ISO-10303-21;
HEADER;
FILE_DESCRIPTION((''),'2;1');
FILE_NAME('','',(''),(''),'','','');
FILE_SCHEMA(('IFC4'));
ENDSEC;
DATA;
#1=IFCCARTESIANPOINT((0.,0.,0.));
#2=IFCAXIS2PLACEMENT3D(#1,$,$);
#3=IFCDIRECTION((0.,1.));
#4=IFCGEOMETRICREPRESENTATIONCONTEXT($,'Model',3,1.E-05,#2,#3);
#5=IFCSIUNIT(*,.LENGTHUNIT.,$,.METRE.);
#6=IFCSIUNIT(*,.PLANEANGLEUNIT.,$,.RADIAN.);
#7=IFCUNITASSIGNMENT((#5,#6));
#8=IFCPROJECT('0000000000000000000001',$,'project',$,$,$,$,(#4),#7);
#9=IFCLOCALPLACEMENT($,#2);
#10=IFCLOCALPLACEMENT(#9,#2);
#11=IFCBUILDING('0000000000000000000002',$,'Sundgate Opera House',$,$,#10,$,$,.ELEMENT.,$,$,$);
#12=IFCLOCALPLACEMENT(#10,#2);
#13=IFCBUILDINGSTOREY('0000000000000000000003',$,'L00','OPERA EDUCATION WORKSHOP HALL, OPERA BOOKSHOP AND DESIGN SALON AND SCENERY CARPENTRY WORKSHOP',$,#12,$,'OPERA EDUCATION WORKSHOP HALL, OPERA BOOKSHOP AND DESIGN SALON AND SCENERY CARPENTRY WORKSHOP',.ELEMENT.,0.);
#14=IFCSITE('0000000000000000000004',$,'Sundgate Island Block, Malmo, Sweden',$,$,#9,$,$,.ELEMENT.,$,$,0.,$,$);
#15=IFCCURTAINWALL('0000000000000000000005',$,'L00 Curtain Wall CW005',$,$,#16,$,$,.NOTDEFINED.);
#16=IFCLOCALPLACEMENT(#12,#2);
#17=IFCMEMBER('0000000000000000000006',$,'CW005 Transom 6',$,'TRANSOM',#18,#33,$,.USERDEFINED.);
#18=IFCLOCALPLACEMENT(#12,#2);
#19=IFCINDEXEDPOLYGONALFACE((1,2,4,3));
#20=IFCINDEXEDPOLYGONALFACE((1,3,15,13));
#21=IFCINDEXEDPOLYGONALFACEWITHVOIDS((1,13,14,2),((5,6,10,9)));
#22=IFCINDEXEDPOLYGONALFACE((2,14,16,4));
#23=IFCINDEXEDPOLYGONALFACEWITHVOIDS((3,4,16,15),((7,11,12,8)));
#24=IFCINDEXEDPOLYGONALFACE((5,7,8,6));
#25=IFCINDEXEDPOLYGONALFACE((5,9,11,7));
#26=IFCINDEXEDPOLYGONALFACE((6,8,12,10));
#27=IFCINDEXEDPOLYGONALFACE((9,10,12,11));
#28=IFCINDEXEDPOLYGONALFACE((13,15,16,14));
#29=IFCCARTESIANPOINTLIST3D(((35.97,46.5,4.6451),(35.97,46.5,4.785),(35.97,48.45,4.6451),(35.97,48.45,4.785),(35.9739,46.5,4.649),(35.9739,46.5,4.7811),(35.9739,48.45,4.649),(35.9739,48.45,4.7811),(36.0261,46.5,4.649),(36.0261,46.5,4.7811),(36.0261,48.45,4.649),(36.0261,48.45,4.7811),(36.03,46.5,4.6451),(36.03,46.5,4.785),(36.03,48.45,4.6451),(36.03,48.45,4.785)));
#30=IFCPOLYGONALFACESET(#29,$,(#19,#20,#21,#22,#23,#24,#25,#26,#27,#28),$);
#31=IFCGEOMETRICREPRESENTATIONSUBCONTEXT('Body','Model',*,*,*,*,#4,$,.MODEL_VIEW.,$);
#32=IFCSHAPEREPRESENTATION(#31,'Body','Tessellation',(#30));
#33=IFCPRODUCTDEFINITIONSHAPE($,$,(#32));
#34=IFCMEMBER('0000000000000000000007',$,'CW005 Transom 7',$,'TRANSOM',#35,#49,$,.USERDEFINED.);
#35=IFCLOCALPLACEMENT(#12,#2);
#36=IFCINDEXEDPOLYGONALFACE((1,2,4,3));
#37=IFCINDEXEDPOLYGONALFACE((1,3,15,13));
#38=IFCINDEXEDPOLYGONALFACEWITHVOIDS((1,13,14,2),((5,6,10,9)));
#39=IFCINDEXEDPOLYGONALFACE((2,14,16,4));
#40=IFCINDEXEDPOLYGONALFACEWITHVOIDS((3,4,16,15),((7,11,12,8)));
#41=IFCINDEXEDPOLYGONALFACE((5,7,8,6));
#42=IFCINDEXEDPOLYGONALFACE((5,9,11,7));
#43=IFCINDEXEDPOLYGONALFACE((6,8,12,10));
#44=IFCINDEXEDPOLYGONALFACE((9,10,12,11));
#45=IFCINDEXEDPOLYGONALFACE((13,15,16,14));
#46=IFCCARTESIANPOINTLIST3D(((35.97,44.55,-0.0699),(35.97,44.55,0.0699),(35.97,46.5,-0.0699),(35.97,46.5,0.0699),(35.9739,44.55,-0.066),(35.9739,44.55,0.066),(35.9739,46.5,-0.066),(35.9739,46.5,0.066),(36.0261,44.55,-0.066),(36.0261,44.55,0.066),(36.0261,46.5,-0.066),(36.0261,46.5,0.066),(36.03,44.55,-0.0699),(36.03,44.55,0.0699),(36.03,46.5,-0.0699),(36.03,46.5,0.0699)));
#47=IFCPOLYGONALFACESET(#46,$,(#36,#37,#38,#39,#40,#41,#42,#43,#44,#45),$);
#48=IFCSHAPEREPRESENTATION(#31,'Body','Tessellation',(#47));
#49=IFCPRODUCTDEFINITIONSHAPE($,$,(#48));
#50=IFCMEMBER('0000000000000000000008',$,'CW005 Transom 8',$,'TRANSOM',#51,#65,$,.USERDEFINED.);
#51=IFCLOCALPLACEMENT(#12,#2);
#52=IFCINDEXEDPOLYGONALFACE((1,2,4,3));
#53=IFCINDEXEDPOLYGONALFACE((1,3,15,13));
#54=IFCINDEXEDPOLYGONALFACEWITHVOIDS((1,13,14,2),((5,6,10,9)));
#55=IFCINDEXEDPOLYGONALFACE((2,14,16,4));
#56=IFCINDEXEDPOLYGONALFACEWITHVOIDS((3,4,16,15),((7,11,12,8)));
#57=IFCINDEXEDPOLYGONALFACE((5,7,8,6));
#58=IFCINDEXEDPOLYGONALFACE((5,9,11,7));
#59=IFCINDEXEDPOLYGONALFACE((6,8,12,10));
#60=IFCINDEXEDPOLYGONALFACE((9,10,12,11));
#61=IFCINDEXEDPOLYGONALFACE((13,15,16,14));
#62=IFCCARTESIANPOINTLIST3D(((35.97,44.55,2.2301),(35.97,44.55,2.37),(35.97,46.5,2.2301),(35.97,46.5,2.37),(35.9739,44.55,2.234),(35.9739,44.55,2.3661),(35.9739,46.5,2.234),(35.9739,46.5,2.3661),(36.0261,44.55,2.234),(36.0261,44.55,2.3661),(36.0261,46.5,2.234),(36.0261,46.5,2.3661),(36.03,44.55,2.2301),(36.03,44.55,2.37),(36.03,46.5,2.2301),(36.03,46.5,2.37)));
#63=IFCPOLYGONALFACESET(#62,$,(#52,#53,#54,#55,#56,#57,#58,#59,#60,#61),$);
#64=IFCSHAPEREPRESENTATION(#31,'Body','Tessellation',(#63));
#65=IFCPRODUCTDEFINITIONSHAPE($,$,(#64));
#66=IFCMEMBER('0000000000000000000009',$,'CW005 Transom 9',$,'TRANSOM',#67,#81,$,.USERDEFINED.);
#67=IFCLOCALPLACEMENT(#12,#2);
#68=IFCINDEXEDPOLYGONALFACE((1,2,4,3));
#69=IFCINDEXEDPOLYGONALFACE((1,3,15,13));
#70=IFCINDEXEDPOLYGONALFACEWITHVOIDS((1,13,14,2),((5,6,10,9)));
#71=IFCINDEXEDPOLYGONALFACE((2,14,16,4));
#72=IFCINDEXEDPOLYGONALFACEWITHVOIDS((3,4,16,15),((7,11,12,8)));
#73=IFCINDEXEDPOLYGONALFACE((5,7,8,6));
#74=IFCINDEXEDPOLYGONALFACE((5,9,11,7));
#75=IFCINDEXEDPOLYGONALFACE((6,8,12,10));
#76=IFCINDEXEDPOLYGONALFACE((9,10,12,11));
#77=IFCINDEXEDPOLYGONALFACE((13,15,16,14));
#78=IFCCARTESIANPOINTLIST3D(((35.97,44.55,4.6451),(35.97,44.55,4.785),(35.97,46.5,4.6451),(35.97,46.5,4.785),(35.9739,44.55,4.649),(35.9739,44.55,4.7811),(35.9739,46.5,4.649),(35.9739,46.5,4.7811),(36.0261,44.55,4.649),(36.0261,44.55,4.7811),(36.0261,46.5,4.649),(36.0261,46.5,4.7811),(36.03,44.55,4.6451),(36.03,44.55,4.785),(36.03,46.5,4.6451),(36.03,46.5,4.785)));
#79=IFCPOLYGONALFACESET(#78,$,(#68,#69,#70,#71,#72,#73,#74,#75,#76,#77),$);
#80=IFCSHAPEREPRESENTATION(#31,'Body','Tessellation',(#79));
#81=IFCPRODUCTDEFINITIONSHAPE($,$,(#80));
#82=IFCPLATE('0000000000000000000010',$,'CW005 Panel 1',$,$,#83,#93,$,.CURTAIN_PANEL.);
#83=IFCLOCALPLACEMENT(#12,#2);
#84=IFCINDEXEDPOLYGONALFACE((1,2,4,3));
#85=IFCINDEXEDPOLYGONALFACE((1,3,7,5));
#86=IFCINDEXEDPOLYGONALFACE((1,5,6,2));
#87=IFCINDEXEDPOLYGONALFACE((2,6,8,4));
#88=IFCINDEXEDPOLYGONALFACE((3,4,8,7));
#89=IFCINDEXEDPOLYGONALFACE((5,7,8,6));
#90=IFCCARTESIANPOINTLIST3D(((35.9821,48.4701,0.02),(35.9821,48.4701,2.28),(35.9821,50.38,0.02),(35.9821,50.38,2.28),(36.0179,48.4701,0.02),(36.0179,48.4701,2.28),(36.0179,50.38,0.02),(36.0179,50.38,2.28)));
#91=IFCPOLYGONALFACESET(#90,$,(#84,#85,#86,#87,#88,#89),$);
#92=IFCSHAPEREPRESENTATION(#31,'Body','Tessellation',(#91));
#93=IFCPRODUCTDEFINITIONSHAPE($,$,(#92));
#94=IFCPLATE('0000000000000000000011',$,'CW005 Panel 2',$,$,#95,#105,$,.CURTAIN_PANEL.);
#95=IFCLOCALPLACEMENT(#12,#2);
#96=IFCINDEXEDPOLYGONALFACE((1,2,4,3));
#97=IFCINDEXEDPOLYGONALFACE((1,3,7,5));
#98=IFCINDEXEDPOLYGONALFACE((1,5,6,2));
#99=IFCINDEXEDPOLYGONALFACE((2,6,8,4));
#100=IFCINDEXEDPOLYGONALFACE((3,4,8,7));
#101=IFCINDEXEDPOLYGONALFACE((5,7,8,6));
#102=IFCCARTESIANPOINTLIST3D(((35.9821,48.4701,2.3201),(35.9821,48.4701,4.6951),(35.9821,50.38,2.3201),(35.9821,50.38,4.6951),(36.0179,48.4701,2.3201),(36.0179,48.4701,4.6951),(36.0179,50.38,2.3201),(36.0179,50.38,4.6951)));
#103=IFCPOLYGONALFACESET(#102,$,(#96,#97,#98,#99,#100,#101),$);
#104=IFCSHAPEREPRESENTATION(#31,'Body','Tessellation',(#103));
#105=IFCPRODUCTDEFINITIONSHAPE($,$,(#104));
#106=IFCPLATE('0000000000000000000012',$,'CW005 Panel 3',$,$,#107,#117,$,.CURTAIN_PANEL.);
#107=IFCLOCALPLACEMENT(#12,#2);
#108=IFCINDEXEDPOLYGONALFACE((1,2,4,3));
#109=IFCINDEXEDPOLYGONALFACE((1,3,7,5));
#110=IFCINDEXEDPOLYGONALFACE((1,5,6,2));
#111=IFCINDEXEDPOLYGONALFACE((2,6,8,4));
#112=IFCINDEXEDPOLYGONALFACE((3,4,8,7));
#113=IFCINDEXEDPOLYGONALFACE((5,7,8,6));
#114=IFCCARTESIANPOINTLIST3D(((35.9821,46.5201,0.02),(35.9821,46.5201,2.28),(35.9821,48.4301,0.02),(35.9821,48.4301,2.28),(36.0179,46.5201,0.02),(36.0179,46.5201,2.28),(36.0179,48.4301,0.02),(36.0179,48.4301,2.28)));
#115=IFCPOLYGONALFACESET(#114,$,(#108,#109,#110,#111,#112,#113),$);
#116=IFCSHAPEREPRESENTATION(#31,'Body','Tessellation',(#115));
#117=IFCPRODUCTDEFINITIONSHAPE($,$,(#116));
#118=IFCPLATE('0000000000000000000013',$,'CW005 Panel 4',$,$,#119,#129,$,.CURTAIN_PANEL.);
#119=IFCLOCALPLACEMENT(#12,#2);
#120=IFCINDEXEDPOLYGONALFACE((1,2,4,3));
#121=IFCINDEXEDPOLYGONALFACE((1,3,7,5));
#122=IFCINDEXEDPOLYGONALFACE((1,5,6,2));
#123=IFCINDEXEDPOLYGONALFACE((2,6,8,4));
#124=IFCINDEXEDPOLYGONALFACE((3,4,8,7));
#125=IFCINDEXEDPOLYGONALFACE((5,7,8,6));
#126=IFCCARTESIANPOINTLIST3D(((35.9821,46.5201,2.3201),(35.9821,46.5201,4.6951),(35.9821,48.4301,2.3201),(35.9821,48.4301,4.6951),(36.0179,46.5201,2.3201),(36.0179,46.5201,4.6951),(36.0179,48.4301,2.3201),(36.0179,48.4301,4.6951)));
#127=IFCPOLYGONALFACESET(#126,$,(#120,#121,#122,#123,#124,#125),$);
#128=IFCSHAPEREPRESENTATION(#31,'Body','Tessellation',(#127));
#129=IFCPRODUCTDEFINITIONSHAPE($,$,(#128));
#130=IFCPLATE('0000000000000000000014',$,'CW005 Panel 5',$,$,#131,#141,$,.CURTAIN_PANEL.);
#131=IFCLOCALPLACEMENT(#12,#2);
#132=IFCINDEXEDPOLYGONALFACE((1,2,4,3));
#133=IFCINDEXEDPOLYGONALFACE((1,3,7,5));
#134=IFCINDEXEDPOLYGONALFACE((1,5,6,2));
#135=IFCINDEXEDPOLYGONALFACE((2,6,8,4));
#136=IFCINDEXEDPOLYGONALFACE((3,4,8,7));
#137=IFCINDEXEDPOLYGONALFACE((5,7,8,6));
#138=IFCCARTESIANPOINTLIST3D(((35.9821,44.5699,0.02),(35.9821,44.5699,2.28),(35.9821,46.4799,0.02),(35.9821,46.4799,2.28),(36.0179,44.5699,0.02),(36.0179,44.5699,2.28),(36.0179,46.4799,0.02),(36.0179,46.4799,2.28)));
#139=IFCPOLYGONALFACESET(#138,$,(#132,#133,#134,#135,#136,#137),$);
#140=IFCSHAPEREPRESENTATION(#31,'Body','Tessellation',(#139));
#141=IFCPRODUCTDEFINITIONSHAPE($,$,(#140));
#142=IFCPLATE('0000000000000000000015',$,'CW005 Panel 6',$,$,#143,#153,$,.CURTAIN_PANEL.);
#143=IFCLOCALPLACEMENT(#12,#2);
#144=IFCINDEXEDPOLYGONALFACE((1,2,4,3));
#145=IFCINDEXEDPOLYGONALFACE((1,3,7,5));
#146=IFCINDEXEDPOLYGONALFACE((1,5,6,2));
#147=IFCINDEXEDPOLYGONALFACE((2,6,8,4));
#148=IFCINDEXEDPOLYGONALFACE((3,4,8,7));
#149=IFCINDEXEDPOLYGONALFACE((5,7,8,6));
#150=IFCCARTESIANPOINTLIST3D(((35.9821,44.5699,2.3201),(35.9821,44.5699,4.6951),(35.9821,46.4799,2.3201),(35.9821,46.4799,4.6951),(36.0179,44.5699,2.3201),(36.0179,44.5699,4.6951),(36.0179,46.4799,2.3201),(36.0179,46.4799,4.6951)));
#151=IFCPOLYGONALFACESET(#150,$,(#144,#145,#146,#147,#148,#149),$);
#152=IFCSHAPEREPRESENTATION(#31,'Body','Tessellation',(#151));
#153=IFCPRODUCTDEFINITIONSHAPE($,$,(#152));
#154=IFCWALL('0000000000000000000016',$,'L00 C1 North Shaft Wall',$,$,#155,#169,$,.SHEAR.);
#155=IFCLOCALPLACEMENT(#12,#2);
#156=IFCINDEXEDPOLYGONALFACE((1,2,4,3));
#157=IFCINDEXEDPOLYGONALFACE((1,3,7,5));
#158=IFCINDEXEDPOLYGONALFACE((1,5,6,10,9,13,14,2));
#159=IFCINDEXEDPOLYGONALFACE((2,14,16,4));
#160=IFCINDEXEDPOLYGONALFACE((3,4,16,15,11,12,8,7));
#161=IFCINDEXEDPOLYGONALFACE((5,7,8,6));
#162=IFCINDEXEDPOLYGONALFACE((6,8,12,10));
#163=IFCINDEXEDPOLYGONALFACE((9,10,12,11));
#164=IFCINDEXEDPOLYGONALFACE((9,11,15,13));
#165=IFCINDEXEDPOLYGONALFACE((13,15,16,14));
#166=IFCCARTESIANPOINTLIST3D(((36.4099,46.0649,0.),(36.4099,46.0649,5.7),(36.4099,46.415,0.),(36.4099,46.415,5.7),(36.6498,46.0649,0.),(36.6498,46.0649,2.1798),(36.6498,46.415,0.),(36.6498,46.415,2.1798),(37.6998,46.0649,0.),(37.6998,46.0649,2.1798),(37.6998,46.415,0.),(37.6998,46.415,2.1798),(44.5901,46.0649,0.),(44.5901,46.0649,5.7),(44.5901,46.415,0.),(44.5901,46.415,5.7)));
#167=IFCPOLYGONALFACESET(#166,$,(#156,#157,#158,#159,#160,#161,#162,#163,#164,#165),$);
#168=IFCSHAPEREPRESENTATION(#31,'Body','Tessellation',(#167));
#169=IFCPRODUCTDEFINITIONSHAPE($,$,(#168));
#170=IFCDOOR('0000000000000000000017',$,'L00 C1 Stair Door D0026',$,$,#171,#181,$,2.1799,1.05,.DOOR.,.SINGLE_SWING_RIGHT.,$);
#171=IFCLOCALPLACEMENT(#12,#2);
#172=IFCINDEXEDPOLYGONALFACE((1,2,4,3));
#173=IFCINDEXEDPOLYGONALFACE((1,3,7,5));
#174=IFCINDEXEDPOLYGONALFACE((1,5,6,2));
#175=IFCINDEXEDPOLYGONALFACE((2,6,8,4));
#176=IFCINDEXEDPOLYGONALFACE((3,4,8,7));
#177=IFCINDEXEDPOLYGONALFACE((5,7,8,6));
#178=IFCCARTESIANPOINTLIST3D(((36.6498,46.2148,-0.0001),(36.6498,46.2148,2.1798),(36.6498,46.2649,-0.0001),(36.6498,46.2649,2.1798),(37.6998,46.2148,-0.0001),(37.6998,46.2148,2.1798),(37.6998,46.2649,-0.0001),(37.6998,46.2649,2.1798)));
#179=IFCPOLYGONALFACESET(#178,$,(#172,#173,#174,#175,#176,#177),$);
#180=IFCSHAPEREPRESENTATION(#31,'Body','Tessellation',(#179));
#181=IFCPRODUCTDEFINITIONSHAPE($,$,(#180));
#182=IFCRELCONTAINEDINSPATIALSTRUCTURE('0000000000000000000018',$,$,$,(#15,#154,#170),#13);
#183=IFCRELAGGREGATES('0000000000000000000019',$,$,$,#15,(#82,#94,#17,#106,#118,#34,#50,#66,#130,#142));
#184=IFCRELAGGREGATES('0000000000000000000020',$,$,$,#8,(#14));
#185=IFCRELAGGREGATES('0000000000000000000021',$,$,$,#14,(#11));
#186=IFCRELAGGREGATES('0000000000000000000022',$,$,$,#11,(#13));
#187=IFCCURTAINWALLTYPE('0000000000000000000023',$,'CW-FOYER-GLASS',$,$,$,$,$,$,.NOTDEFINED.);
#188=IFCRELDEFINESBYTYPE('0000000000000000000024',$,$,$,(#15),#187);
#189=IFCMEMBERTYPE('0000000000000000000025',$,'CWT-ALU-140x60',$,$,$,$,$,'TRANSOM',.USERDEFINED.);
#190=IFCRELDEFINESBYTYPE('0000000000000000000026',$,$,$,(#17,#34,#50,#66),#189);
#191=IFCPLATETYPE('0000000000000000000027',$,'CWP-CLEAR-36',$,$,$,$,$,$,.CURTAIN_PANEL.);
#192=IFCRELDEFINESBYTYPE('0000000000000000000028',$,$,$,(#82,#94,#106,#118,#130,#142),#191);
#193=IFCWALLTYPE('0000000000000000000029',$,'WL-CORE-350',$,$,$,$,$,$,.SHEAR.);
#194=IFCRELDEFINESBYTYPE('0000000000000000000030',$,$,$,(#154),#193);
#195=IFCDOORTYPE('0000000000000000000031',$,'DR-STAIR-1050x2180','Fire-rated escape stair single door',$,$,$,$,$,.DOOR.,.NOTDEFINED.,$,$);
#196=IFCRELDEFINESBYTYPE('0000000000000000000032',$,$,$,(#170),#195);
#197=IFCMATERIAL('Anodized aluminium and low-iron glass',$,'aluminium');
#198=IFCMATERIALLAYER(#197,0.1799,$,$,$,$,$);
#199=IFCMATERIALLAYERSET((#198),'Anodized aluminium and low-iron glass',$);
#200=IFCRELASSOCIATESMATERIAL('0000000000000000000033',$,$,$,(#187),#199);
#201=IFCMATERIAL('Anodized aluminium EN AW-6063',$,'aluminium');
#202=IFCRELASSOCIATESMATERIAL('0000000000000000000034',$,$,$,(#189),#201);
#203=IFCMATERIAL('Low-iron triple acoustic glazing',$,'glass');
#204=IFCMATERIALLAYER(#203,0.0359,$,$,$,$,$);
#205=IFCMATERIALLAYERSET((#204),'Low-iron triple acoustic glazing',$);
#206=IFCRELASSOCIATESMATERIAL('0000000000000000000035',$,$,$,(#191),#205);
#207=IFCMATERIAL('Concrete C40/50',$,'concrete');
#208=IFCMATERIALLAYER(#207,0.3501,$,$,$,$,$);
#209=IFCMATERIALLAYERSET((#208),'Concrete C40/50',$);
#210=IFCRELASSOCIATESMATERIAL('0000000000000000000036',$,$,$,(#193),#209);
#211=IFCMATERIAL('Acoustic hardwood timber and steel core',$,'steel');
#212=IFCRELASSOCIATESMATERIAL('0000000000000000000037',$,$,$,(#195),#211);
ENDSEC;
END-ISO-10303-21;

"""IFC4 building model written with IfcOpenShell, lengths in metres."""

from ifc_helpers import new_model, si_unit, direction, frame, frame_2d, origin, origin_2d, place, context, subcontext, project, spatial, rectangle, hollow_rectangle, extrude, material, layer, layer_set, material_profile, profile_set, type_object, element, fill, aggregate, save


model = new_model("IFC4")

# Units and contexts
model_context = context("Model", 3, precision=1e-05, world=origin(), true_north=direction((0.0, 1.0)))
body_context = subcontext(model_context, "Body", "Model", "MODEL_VIEW")
ifc_project = project(units=[si_unit("LENGTHUNIT", "METRE"), si_unit("PLANEANGLEUNIT", "RADIAN")], contexts=[model_context])

# Site, building, storey
site_placement = place(None, origin())
site = spatial("IfcSite", under=ifc_project, at=site_placement, Name="Sundgate Island Block, Malmo, Sweden", CompositionType="ELEMENT", RefElevation=0.0)
building_placement = place(site_placement, origin())
building = spatial("IfcBuilding", under=site, at=building_placement, Name="Sundgate Opera House", CompositionType="ELEMENT")
storey_placement = place(building_placement, origin())
storey = spatial("IfcBuildingStorey", under=building, at=storey_placement, Name="L00", Description="OPERA EDUCATION WORKSHOP HALL, OPERA BOOKSHOP AND DESIGN SALON AND SCENERY CARPENTRY WORKSHOP", LongName="OPERA EDUCATION WORKSHOP HALL, OPERA BOOKSHOP AND DESIGN SALON AND SCENERY CARPENTRY WORKSHOP", CompositionType="ELEMENT", Elevation=0.0)

# Curtain wall, members, plates
ifc_material_1 = material(Name="Anodized aluminium and low-iron glass", Category="aluminium")
ifc_layer_1 = layer(ifc_material_1, 0.1799)
ifc_layer_set_1 = layer_set([ifc_layer_1], Name="Anodized aluminium and low-iron glass")
curtain_wall_type = type_object("IfcCurtainWallType", Name="CW-FOYER-GLASS", PredefinedType="NOTDEFINED", material=ifc_layer_set_1)
curtain_wall_placement = place(storey_placement, origin())
curtain_wall = element("IfcCurtainWall", 1, at=curtain_wall_placement, inside=storey, type_object=curtain_wall_type, Name="L00 Curtain Wall CW005", PredefinedType="NOTDEFINED")
ifc_material_2 = material(Name="Anodized aluminium EN AW-6063", Category="aluminium")
ifc_material_profile_1 = material_profile(ifc_material_2, hollow_rectangle(XDim=0.0601, YDim=0.1399, WallThickness=0.0039, at=origin_2d()), Name="CWT 140x60x4")
ifc_profile_set_1 = profile_set([ifc_material_profile_1], Name="Anodized aluminium EN AW-6063")
member_type_1 = type_object("IfcMemberType", Name="CWT-ALU-140x60", ElementType="TRANSOM", PredefinedType="USERDEFINED", material=ifc_profile_set_1)
member_1_placement = place(storey_placement, frame((36.0, 48.45, 4.7151), z_axis=(0.0, -1.0, 0.0), x_axis=(1.0, 0.0, 0.0)))
member_1 = element("IfcMember", 2, at=member_1_placement, type_object=member_type_1, Name="CW005 Transom 6", ObjectType="TRANSOM", PredefinedType="USERDEFINED", context=body_context, shape_type="SweptSolid", body=[
    extrude(hollow_rectangle(XDim=0.0601, YDim=0.1399, WallThickness=0.0039, at=origin_2d()), origin(), (0.0, 0.0, 1.0), 1.95),
])
member_2_placement = place(storey_placement, frame((36.0, 46.5, 0.0), z_axis=(0.0, -1.0, 0.0), x_axis=(1.0, 0.0, 0.0)))
member_2 = element("IfcMember", 3, at=member_2_placement, type_object=member_type_1, Name="CW005 Transom 7", ObjectType="TRANSOM", PredefinedType="USERDEFINED", context=body_context, shape_type="SweptSolid", body=[
    extrude(hollow_rectangle(XDim=0.0601, YDim=0.1399, WallThickness=0.0039, at=origin_2d()), origin(), (0.0, 0.0, 1.0), 1.95),
])
member_3_placement = place(storey_placement, frame((36.0, 46.5, 2.3), z_axis=(0.0, -1.0, 0.0), x_axis=(1.0, 0.0, 0.0)))
member_3 = element("IfcMember", 4, at=member_3_placement, type_object=member_type_1, Name="CW005 Transom 8", ObjectType="TRANSOM", PredefinedType="USERDEFINED", context=body_context, shape_type="SweptSolid", body=[
    extrude(hollow_rectangle(XDim=0.0601, YDim=0.1399, WallThickness=0.0039, at=origin_2d()), origin(), (0.0, 0.0, 1.0), 1.95),
])
member_4_placement = place(storey_placement, frame((36.0, 46.5, 4.7151), z_axis=(0.0, -1.0, 0.0), x_axis=(1.0, 0.0, 0.0)))
member_4 = element("IfcMember", 5, at=member_4_placement, type_object=member_type_1, Name="CW005 Transom 9", ObjectType="TRANSOM", PredefinedType="USERDEFINED", context=body_context, shape_type="SweptSolid", body=[
    extrude(hollow_rectangle(XDim=0.0601, YDim=0.1399, WallThickness=0.0039, at=origin_2d()), origin(), (0.0, 0.0, 1.0), 1.95),
])
ifc_material_3 = material(Name="Low-iron triple acoustic glazing", Category="glass")
ifc_layer_2 = layer(ifc_material_3, 0.0359)
ifc_layer_set_2 = layer_set([ifc_layer_2], Name="Low-iron triple acoustic glazing")
plate_type = type_object("IfcPlateType", Name="CWP-CLEAR-36", PredefinedType="CURTAIN_PANEL", material=ifc_layer_set_2)
plate_1_placement = place(storey_placement, frame((36.0, 49.425, 0.02), z_axis=(0.0, 0.0, 1.0), x_axis=(0.0, -1.0, 0.0)))
plate_1 = element("IfcPlate", 6, at=plate_1_placement, type_object=plate_type, Name="CW005 Panel 1", PredefinedType="CURTAIN_PANEL", context=body_context, shape_type="SweptSolid", body=[
    extrude(rectangle(XDim=1.9099, YDim=0.0359, at=origin_2d()), origin(), (0.0, 0.0, 1.0), 2.26),
])
plate_2_placement = place(storey_placement, frame((36.0, 49.425, 2.3201), z_axis=(0.0, 0.0, 1.0), x_axis=(0.0, -1.0, 0.0)))
plate_2 = element("IfcPlate", 7, at=plate_2_placement, type_object=plate_type, Name="CW005 Panel 2", PredefinedType="CURTAIN_PANEL", context=body_context, shape_type="SweptSolid", body=[
    extrude(rectangle(XDim=1.9099, YDim=0.0359, at=origin_2d()), origin(), (0.0, 0.0, 1.0), 2.375),
])
plate_3_placement = place(storey_placement, frame((36.0, 47.4751, 0.02), z_axis=(0.0, 0.0, 1.0), x_axis=(0.0, -1.0, 0.0)))
plate_3 = element("IfcPlate", 8, at=plate_3_placement, type_object=plate_type, Name="CW005 Panel 3", PredefinedType="CURTAIN_PANEL", context=body_context, shape_type="SweptSolid", body=[
    extrude(rectangle(XDim=1.9099, YDim=0.0359, at=origin_2d()), origin(), (0.0, 0.0, 1.0), 2.26),
])
plate_4_placement = place(storey_placement, frame((36.0, 47.4751, 2.3201), z_axis=(0.0, 0.0, 1.0), x_axis=(0.0, -1.0, 0.0)))
plate_4 = element("IfcPlate", 9, at=plate_4_placement, type_object=plate_type, Name="CW005 Panel 4", PredefinedType="CURTAIN_PANEL", context=body_context, shape_type="SweptSolid", body=[
    extrude(rectangle(XDim=1.9099, YDim=0.0359, at=origin_2d()), origin(), (0.0, 0.0, 1.0), 2.375),
])
plate_5_placement = place(storey_placement, frame((36.0, 45.5249, 0.02), z_axis=(0.0, 0.0, 1.0), x_axis=(0.0, -1.0, 0.0)))
plate_5 = element("IfcPlate", 10, at=plate_5_placement, type_object=plate_type, Name="CW005 Panel 5", PredefinedType="CURTAIN_PANEL", context=body_context, shape_type="SweptSolid", body=[
    extrude(rectangle(XDim=1.9099, YDim=0.0359, at=origin_2d()), origin(), (0.0, 0.0, 1.0), 2.26),
])
plate_6_placement = place(storey_placement, frame((36.0, 45.5249, 2.3201), z_axis=(0.0, 0.0, 1.0), x_axis=(0.0, -1.0, 0.0)))
plate_6 = element("IfcPlate", 11, at=plate_6_placement, type_object=plate_type, Name="CW005 Panel 6", PredefinedType="CURTAIN_PANEL", context=body_context, shape_type="SweptSolid", body=[
    extrude(rectangle(XDim=1.9099, YDim=0.0359, at=origin_2d()), origin(), (0.0, 0.0, 1.0), 2.375),
])
aggregate(curtain_wall, [plate_1, plate_2, member_1, plate_3, plate_4, member_2, member_3, member_4, plate_5, plate_6])

# Wall, opening, door
ifc_material_4 = material(Name="Concrete C40/50", Category="concrete")
ifc_layer_3 = layer(ifc_material_4, 0.3501)
ifc_layer_set_3 = layer_set([ifc_layer_3], Name="Concrete C40/50")
wall_type = type_object("IfcWallType", Name="WL-CORE-350", PredefinedType="SHEAR", material=ifc_layer_set_3)
wall_placement = place(storey_placement, frame((36.4099, 46.24, 0.0), z_axis=(0.0, 0.0, 1.0), x_axis=(1.0, 0.0, 0.0)))
wall = element("IfcWall", 12, at=wall_placement, inside=storey, type_object=wall_type, Name="L00 C1 North Shaft Wall", PredefinedType="SHEAR", context=body_context, shape_type="SweptSolid", body=[
    extrude(rectangle(XDim=8.1802, YDim=0.3501, at=frame_2d((4.0901, 0.0))), origin(), (0.0, 0.0, 1.0), 5.7),
])
opening_placement = place(wall_placement, frame((0.24, 0.0, 0.0)))
opening = element("IfcOpeningElement", 13, at=opening_placement, cuts=wall, PredefinedType="OPENING", context=body_context, shape_type="SweptSolid", body=[
    extrude(rectangle(XDim=1.05, YDim=2.1799, at=frame_2d((0.5249, 1.0898))), frame((0.0, 0.1851, 0.0), z_axis=(0.0, -1.0, 0.0), x_axis=(1.0, 0.0, 0.0)), (0.0, 0.0, 1.0), 0.3701),
])
ifc_material_5 = material(Name="Acoustic hardwood timber and steel core", Category="steel")
door_type = type_object("IfcDoorType", Name="DR-STAIR-1050x2180", Description="Fire-rated escape stair single door", OperationType="NOTDEFINED", PredefinedType="DOOR", material=ifc_material_5)
door_placement = place(opening_placement, origin())
door = element("IfcDoor", 14, at=door_placement, inside=storey, type_object=door_type, Name="L00 C1 Stair Door D0026", OperationType="SINGLE_SWING_RIGHT", OverallHeight=2.1799, OverallWidth=1.05, PredefinedType="DOOR", context=body_context, shape_type="SweptSolid", body=[
    extrude(rectangle(XDim=1.05, YDim=2.1799, at=frame_2d((0.5249, 1.0898))), frame((0.0, 0.0249, 0.0), z_axis=(0.0, -1.0, 0.0), x_axis=(1.0, 0.0, 0.0)), (0.0, 0.0, 1.0), 0.05),
])
fill(opening, door)

save(model, "model.ifc")
